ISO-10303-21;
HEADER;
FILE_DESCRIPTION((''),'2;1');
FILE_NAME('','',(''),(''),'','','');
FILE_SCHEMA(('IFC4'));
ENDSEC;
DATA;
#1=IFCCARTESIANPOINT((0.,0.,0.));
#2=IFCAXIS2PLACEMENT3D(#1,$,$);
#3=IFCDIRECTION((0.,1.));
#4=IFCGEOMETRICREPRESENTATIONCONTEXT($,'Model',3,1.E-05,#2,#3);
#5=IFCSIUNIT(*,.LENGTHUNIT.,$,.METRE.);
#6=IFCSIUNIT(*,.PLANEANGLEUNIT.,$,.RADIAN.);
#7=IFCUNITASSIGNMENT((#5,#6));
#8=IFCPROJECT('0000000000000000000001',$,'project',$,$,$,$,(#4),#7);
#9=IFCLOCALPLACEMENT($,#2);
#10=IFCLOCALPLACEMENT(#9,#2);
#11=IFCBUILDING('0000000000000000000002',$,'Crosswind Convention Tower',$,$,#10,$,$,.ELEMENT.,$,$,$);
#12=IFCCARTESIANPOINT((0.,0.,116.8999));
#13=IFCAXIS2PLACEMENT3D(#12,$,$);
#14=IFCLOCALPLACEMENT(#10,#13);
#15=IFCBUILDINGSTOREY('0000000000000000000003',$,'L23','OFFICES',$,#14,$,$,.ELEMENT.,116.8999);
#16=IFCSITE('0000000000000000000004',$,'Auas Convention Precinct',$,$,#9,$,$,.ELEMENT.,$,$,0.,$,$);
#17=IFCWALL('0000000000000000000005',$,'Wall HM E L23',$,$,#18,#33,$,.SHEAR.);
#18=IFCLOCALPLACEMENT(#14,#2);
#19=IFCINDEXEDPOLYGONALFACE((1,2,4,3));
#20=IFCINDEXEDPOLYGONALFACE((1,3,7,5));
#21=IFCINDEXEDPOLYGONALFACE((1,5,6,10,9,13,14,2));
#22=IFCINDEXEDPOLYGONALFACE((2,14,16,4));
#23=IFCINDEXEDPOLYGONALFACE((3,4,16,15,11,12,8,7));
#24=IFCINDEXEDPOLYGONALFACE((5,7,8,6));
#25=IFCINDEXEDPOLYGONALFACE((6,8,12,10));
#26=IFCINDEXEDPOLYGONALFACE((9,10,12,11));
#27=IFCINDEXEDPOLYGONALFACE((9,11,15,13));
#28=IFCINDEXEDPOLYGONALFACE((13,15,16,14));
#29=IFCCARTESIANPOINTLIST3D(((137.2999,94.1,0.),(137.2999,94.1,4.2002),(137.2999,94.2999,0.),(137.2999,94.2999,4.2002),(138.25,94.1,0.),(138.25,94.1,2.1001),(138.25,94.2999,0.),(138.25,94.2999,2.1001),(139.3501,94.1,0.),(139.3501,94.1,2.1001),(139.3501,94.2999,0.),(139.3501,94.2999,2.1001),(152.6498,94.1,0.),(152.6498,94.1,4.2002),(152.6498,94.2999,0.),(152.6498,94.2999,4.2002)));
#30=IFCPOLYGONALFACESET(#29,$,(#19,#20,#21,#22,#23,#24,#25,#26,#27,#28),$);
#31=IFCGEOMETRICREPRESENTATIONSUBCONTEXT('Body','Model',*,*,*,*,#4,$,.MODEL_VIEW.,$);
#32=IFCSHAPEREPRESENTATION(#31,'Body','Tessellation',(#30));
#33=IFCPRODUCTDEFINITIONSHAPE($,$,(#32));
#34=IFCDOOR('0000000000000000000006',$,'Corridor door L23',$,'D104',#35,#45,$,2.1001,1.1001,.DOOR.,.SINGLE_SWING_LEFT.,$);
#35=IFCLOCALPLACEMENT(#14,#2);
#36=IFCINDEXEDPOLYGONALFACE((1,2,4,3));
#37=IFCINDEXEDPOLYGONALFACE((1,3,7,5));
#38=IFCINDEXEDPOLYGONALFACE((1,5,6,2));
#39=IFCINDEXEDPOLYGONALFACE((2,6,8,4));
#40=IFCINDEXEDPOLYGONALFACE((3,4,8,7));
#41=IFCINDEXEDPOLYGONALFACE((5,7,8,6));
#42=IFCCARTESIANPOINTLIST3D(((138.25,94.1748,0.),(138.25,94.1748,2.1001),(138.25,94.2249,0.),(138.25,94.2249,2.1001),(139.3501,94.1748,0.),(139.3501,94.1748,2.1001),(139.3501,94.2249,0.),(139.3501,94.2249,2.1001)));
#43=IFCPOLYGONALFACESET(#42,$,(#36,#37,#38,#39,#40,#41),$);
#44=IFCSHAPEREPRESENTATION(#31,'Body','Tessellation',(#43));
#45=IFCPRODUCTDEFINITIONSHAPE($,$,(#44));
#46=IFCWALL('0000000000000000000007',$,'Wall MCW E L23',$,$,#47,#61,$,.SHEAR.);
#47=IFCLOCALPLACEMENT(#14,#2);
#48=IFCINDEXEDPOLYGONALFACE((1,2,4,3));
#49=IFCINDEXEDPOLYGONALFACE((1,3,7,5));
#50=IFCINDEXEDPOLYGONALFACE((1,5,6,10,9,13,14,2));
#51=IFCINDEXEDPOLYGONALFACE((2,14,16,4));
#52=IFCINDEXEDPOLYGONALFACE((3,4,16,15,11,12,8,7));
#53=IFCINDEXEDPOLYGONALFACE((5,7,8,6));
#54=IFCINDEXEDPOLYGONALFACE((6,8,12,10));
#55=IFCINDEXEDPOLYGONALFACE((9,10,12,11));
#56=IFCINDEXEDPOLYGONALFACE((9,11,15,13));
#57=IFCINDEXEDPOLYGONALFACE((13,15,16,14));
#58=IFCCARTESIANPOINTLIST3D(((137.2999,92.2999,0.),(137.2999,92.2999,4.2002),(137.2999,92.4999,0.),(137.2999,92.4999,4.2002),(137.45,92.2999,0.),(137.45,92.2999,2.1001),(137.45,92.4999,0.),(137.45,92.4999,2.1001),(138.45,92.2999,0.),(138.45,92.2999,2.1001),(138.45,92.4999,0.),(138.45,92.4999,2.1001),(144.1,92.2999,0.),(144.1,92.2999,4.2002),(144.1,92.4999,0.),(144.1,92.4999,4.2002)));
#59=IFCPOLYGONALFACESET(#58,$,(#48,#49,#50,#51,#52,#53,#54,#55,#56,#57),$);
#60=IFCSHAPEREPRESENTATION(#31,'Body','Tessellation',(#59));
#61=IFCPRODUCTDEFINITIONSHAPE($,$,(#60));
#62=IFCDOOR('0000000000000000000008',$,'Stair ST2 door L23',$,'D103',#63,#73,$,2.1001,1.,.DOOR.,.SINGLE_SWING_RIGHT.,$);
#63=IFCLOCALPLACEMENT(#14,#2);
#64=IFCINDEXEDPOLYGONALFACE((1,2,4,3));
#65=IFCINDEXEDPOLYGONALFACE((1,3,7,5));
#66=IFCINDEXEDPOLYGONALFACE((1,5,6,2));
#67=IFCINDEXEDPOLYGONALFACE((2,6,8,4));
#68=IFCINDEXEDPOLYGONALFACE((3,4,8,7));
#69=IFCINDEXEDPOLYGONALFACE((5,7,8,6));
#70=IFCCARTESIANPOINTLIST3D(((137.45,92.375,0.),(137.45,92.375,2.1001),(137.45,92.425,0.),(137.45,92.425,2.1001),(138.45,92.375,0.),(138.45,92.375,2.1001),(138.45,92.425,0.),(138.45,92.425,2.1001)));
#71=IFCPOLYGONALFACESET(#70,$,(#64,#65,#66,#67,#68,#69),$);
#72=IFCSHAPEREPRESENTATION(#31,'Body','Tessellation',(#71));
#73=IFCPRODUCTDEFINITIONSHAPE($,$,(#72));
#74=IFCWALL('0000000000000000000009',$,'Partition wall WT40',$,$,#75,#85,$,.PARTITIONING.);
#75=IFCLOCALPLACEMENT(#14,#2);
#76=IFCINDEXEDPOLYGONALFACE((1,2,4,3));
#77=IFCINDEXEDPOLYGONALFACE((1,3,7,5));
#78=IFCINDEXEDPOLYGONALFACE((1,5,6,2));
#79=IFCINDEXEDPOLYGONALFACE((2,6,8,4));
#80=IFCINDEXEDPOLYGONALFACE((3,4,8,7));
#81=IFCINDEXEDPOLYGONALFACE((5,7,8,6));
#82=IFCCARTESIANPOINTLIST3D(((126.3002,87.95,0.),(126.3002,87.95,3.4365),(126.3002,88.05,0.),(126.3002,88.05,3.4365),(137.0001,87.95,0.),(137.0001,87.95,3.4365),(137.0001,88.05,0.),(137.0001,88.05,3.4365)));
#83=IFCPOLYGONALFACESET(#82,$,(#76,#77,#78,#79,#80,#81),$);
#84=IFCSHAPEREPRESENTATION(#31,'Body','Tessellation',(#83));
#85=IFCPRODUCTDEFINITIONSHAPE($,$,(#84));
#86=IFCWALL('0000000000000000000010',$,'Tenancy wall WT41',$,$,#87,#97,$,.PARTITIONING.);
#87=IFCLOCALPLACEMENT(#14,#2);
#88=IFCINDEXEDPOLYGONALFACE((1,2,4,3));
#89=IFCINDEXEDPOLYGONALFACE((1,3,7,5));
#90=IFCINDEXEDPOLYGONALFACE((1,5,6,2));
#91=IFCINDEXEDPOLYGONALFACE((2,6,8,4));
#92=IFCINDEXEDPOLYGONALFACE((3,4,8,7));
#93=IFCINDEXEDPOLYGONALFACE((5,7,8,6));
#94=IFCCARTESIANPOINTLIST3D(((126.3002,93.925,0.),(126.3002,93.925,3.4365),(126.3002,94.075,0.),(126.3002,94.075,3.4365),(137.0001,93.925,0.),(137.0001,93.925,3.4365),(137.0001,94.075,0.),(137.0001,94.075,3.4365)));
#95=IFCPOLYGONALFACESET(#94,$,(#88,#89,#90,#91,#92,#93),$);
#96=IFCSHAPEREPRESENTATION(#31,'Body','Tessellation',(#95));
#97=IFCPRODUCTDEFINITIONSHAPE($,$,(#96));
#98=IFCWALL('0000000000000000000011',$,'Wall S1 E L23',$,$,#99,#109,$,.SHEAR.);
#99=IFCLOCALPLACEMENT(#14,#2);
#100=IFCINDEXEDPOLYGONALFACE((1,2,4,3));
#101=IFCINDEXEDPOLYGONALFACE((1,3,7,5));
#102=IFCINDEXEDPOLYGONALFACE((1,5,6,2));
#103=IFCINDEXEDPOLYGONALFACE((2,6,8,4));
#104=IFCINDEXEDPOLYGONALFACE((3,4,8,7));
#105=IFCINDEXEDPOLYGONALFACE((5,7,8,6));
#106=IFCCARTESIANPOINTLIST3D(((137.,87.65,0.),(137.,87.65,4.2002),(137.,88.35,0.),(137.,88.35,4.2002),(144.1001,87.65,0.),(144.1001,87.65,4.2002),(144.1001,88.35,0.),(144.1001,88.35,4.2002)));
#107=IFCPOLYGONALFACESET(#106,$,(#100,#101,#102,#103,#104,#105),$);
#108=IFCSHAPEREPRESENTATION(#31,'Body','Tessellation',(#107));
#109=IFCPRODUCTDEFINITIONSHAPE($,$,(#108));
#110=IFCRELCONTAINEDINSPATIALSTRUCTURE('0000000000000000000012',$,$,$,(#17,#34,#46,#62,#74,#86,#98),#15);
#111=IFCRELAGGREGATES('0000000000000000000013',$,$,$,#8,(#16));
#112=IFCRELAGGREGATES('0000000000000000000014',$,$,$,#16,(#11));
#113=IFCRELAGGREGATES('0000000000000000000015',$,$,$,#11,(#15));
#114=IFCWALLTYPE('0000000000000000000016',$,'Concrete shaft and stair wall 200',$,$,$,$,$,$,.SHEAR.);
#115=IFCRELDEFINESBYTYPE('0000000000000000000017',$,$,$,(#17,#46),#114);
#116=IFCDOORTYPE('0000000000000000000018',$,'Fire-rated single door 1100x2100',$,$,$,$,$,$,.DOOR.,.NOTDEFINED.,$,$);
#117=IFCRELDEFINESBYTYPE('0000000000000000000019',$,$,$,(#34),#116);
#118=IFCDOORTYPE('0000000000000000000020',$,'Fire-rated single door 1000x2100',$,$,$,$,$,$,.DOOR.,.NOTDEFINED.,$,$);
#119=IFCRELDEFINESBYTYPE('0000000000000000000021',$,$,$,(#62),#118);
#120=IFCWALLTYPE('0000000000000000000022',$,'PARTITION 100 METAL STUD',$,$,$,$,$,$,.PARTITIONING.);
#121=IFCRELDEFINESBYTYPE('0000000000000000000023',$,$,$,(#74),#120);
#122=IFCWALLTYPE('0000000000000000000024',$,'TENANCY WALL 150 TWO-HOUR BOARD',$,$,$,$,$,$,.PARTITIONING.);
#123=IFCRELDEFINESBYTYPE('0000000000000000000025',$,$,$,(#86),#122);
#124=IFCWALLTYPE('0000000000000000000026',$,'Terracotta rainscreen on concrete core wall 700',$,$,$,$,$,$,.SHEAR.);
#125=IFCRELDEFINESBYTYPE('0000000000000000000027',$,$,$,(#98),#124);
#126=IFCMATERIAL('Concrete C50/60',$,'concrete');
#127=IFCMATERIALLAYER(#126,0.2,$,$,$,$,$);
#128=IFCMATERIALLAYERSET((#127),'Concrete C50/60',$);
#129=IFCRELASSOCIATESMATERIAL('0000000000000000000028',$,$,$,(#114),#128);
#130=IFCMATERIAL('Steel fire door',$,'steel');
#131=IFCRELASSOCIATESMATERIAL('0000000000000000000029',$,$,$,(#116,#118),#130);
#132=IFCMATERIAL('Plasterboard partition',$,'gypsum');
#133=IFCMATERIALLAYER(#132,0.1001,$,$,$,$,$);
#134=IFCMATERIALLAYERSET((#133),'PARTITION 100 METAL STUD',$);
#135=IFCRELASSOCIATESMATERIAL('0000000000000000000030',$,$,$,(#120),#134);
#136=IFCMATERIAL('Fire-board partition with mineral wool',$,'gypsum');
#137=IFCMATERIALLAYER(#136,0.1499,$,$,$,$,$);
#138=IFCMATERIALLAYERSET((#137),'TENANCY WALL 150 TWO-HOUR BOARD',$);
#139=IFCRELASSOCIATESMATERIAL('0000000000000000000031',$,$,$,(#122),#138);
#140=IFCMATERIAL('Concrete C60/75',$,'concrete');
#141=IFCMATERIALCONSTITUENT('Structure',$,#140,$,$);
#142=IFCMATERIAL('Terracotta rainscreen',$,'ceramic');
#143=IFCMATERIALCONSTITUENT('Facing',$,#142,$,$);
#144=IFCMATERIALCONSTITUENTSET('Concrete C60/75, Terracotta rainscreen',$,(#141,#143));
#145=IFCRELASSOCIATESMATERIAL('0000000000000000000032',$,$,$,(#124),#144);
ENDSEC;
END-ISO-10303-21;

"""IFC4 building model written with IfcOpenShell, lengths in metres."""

from ifc_helpers import new_model, si_unit, direction, frame, frame_2d, origin, place, context, subcontext, project, spatial, rectangle, extrude, material, layer, layer_set, constituent, constituent_set, type_object, element, fill, save


model = new_model("IFC4")

# Units and contexts
model_context = context("Model", 3, precision=1e-05, world=origin(), true_north=direction((0.0, 1.0)))
body_context = subcontext(model_context, "Body", "Model", "MODEL_VIEW")
ifc_project = project(units=[si_unit("LENGTHUNIT", "METRE"), si_unit("PLANEANGLEUNIT", "RADIAN")], contexts=[model_context])

# Site, building, storey
site_placement = place(None, origin())
site = spatial("IfcSite", under=ifc_project, at=site_placement, Name="Auas Convention Precinct", CompositionType="ELEMENT", RefElevation=0.0)
building_placement = place(site_placement, origin())
building = spatial("IfcBuilding", under=site, at=building_placement, Name="Crosswind Convention Tower", CompositionType="ELEMENT")
storey_placement = place(building_placement, frame((0.0, 0.0, 116.8999)))
storey = spatial("IfcBuildingStorey", under=building, at=storey_placement, Name="L23", Description="OFFICES", CompositionType="ELEMENT", Elevation=116.8999)

# Shared definitions
ifc_material_1 = material(Name="Concrete C50/60", Category="concrete")

# Walls, openings, doors
ifc_layer_1 = layer(ifc_material_1, 0.2)
ifc_layer_set_1 = layer_set([ifc_layer_1], Name="Concrete C50/60")
wall_type_1 = type_object("IfcWallType", Name="Concrete shaft and stair wall 200", PredefinedType="SHEAR", material=ifc_layer_set_1)
wall_1_placement = place(storey_placement, frame((137.3, 94.2, 0.0), z_axis=(0.0, 0.0, 1.0), x_axis=(1.0, 0.0, 0.0)))
wall_1 = element("IfcWall", 1, at=wall_1_placement, inside=storey, type_object=wall_type_1, Name="Wall HM E L23", PredefinedType="SHEAR", context=body_context, shape_type="SweptSolid", body=[
    extrude(rectangle(XDim=15.3499, YDim=0.2, at=frame_2d((7.6748, 0.0))), origin(), (0.0, 0.0, 1.0), 4.2002),
])
opening_1_placement = place(wall_1_placement, frame((0.95, 0.0, 0.0)))
opening_1 = element("IfcOpeningElement", 2, at=opening_1_placement, cuts=wall_1, PredefinedType="OPENING", context=body_context, shape_type="SweptSolid", body=[
    extrude(rectangle(XDim=1.1001, YDim=2.1001, at=frame_2d((0.55, 1.05))), frame((0.0, 0.1099, 0.0), z_axis=(0.0, -1.0, 0.0), x_axis=(1.0, 0.0, 0.0)), (0.0, 0.0, 1.0), 0.22),
])
ifc_material_2 = material(Name="Steel fire door", Category="steel")
door_type_1 = type_object("IfcDoorType", Name="Fire-rated single door 1100x2100", OperationType="NOTDEFINED", PredefinedType="DOOR", material=ifc_material_2)
door_1_placement = place(opening_1_placement, origin())
door_1 = element("IfcDoor", 3, at=door_1_placement, inside=storey, type_object=door_type_1, Name="Corridor door L23", ObjectType="D104", OperationType="SINGLE_SWING_LEFT", OverallHeight=2.1001, OverallWidth=1.1001, PredefinedType="DOOR", context=body_context, shape_type="SweptSolid", body=[
    extrude(rectangle(XDim=1.1001, YDim=2.1001, at=frame_2d((0.55, 1.05))), frame((0.0, 0.0249, 0.0), z_axis=(0.0, -1.0, 0.0), x_axis=(1.0, 0.0, 0.0)), (0.0, 0.0, 1.0), 0.05),
])
fill(opening_1, door_1)
wall_2_placement = place(storey_placement, frame((137.3, 92.3999, 0.0), z_axis=(0.0, 0.0, 1.0), x_axis=(1.0, 0.0, 0.0)))
wall_2 = element("IfcWall", 4, at=wall_2_placement, inside=storey, type_object=wall_type_1, Name="Wall MCW E L23", PredefinedType="SHEAR", context=body_context, shape_type="SweptSolid", body=[
    extrude(rectangle(XDim=6.8, YDim=0.2, at=frame_2d((3.3999, 0.0))), origin(), (0.0, 0.0, 1.0), 4.2002),
])
opening_2_placement = place(wall_2_placement, frame((0.1499, 0.0, 0.0)))
opening_2 = element("IfcOpeningElement", 5, at=opening_2_placement, cuts=wall_2, PredefinedType="OPENING", context=body_context, shape_type="SweptSolid", body=[
    extrude(rectangle(XDim=1.0, YDim=2.1001, at=frame_2d((0.5, 1.05))), frame((0.0, 0.1099, 0.0), z_axis=(0.0, -1.0, 0.0), x_axis=(1.0, 0.0, 0.0)), (0.0, 0.0, 1.0), 0.22),
])
door_type_2 = type_object("IfcDoorType", Name="Fire-rated single door 1000x2100", OperationType="NOTDEFINED", PredefinedType="DOOR", material=ifc_material_2)
door_2_placement = place(opening_2_placement, frame((1.0, 0.0, 0.0), z_axis=(0.0, 0.0, 1.0), x_axis=(-1.0, 0.0, 0.0)))
door_2 = element("IfcDoor", 6, at=door_2_placement, inside=storey, type_object=door_type_2, Name="Stair ST2 door L23", ObjectType="D103", OperationType="SINGLE_SWING_RIGHT", OverallHeight=2.1001, OverallWidth=1.0, PredefinedType="DOOR", context=body_context, shape_type="SweptSolid", body=[
    extrude(rectangle(XDim=1.0, YDim=2.1001, at=frame_2d((0.5, 1.05))), frame((0.0, 0.0249, 0.0), z_axis=(0.0, -1.0, 0.0), x_axis=(1.0, 0.0, 0.0)), (0.0, 0.0, 1.0), 0.05),
])
fill(opening_2, door_2)

# Walls
ifc_material_3 = material(Name="Plasterboard partition", Category="gypsum")
ifc_layer_2 = layer(ifc_material_3, 0.1001)
ifc_layer_set_2 = layer_set([ifc_layer_2], Name="PARTITION 100 METAL STUD")
wall_type_2 = type_object("IfcWallType", Name="PARTITION 100 METAL STUD", PredefinedType="PARTITIONING", material=ifc_layer_set_2)
wall_3_placement = place(storey_placement, frame((126.3, 88.0, 0.0), z_axis=(0.0, 0.0, 1.0), x_axis=(1.0, 0.0, 0.0)))
element("IfcWall", 7, at=wall_3_placement, inside=storey, type_object=wall_type_2, Name="Partition wall WT40", PredefinedType="PARTITIONING", context=body_context, shape_type="SweptSolid", body=[
    extrude(rectangle(XDim=10.7, YDim=0.1001, at=frame_2d((5.3501, 0.0))), origin(), (0.0, 0.0, 1.0), 3.4365),
])
ifc_material_4 = material(Name="Fire-board partition with mineral wool", Category="gypsum")
ifc_layer_3 = layer(ifc_material_4, 0.1499)
ifc_layer_set_3 = layer_set([ifc_layer_3], Name="TENANCY WALL 150 TWO-HOUR BOARD")
wall_type_3 = type_object("IfcWallType", Name="TENANCY WALL 150 TWO-HOUR BOARD", PredefinedType="PARTITIONING", material=ifc_layer_set_3)
wall_4_placement = place(storey_placement, frame((126.3, 94.0, 0.0), z_axis=(0.0, 0.0, 1.0), x_axis=(1.0, 0.0, 0.0)))
element("IfcWall", 8, at=wall_4_placement, inside=storey, type_object=wall_type_3, Name="Tenancy wall WT41", PredefinedType="PARTITIONING", context=body_context, shape_type="SweptSolid", body=[
    extrude(rectangle(XDim=10.7, YDim=0.1499, at=frame_2d((5.3501, 0.0))), origin(), (0.0, 0.0, 1.0), 3.4365),
])
ifc_material_5 = material(Name="Concrete C60/75", Category="concrete")
ifc_constituent_1 = constituent(ifc_material_5, Name="Structure")
ifc_material_6 = material(Name="Terracotta rainscreen", Category="ceramic")
ifc_constituent_2 = constituent(ifc_material_6, Name="Facing")
ifc_constituent_set = constituent_set(constituents=[ifc_constituent_1, ifc_constituent_2], Name="Concrete C60/75, Terracotta rainscreen")
wall_type_4 = type_object("IfcWallType", Name="Terracotta rainscreen on concrete core wall 700", PredefinedType="SHEAR", material=ifc_constituent_set)
wall_5_placement = place(storey_placement, frame((137.0, 88.0, 0.0), z_axis=(0.0, 0.0, 1.0), x_axis=(1.0, 0.0, 0.0)))
element("IfcWall", 9, at=wall_5_placement, inside=storey, type_object=wall_type_4, Name="Wall S1 E L23", PredefinedType="SHEAR", context=body_context, shape_type="SweptSolid", body=[
    extrude(rectangle(XDim=7.1001, YDim=0.7, at=frame_2d((3.55, 0.0))), origin(), (0.0, 0.0, 1.0), 4.2002),
])

save(model, "model.ifc")
